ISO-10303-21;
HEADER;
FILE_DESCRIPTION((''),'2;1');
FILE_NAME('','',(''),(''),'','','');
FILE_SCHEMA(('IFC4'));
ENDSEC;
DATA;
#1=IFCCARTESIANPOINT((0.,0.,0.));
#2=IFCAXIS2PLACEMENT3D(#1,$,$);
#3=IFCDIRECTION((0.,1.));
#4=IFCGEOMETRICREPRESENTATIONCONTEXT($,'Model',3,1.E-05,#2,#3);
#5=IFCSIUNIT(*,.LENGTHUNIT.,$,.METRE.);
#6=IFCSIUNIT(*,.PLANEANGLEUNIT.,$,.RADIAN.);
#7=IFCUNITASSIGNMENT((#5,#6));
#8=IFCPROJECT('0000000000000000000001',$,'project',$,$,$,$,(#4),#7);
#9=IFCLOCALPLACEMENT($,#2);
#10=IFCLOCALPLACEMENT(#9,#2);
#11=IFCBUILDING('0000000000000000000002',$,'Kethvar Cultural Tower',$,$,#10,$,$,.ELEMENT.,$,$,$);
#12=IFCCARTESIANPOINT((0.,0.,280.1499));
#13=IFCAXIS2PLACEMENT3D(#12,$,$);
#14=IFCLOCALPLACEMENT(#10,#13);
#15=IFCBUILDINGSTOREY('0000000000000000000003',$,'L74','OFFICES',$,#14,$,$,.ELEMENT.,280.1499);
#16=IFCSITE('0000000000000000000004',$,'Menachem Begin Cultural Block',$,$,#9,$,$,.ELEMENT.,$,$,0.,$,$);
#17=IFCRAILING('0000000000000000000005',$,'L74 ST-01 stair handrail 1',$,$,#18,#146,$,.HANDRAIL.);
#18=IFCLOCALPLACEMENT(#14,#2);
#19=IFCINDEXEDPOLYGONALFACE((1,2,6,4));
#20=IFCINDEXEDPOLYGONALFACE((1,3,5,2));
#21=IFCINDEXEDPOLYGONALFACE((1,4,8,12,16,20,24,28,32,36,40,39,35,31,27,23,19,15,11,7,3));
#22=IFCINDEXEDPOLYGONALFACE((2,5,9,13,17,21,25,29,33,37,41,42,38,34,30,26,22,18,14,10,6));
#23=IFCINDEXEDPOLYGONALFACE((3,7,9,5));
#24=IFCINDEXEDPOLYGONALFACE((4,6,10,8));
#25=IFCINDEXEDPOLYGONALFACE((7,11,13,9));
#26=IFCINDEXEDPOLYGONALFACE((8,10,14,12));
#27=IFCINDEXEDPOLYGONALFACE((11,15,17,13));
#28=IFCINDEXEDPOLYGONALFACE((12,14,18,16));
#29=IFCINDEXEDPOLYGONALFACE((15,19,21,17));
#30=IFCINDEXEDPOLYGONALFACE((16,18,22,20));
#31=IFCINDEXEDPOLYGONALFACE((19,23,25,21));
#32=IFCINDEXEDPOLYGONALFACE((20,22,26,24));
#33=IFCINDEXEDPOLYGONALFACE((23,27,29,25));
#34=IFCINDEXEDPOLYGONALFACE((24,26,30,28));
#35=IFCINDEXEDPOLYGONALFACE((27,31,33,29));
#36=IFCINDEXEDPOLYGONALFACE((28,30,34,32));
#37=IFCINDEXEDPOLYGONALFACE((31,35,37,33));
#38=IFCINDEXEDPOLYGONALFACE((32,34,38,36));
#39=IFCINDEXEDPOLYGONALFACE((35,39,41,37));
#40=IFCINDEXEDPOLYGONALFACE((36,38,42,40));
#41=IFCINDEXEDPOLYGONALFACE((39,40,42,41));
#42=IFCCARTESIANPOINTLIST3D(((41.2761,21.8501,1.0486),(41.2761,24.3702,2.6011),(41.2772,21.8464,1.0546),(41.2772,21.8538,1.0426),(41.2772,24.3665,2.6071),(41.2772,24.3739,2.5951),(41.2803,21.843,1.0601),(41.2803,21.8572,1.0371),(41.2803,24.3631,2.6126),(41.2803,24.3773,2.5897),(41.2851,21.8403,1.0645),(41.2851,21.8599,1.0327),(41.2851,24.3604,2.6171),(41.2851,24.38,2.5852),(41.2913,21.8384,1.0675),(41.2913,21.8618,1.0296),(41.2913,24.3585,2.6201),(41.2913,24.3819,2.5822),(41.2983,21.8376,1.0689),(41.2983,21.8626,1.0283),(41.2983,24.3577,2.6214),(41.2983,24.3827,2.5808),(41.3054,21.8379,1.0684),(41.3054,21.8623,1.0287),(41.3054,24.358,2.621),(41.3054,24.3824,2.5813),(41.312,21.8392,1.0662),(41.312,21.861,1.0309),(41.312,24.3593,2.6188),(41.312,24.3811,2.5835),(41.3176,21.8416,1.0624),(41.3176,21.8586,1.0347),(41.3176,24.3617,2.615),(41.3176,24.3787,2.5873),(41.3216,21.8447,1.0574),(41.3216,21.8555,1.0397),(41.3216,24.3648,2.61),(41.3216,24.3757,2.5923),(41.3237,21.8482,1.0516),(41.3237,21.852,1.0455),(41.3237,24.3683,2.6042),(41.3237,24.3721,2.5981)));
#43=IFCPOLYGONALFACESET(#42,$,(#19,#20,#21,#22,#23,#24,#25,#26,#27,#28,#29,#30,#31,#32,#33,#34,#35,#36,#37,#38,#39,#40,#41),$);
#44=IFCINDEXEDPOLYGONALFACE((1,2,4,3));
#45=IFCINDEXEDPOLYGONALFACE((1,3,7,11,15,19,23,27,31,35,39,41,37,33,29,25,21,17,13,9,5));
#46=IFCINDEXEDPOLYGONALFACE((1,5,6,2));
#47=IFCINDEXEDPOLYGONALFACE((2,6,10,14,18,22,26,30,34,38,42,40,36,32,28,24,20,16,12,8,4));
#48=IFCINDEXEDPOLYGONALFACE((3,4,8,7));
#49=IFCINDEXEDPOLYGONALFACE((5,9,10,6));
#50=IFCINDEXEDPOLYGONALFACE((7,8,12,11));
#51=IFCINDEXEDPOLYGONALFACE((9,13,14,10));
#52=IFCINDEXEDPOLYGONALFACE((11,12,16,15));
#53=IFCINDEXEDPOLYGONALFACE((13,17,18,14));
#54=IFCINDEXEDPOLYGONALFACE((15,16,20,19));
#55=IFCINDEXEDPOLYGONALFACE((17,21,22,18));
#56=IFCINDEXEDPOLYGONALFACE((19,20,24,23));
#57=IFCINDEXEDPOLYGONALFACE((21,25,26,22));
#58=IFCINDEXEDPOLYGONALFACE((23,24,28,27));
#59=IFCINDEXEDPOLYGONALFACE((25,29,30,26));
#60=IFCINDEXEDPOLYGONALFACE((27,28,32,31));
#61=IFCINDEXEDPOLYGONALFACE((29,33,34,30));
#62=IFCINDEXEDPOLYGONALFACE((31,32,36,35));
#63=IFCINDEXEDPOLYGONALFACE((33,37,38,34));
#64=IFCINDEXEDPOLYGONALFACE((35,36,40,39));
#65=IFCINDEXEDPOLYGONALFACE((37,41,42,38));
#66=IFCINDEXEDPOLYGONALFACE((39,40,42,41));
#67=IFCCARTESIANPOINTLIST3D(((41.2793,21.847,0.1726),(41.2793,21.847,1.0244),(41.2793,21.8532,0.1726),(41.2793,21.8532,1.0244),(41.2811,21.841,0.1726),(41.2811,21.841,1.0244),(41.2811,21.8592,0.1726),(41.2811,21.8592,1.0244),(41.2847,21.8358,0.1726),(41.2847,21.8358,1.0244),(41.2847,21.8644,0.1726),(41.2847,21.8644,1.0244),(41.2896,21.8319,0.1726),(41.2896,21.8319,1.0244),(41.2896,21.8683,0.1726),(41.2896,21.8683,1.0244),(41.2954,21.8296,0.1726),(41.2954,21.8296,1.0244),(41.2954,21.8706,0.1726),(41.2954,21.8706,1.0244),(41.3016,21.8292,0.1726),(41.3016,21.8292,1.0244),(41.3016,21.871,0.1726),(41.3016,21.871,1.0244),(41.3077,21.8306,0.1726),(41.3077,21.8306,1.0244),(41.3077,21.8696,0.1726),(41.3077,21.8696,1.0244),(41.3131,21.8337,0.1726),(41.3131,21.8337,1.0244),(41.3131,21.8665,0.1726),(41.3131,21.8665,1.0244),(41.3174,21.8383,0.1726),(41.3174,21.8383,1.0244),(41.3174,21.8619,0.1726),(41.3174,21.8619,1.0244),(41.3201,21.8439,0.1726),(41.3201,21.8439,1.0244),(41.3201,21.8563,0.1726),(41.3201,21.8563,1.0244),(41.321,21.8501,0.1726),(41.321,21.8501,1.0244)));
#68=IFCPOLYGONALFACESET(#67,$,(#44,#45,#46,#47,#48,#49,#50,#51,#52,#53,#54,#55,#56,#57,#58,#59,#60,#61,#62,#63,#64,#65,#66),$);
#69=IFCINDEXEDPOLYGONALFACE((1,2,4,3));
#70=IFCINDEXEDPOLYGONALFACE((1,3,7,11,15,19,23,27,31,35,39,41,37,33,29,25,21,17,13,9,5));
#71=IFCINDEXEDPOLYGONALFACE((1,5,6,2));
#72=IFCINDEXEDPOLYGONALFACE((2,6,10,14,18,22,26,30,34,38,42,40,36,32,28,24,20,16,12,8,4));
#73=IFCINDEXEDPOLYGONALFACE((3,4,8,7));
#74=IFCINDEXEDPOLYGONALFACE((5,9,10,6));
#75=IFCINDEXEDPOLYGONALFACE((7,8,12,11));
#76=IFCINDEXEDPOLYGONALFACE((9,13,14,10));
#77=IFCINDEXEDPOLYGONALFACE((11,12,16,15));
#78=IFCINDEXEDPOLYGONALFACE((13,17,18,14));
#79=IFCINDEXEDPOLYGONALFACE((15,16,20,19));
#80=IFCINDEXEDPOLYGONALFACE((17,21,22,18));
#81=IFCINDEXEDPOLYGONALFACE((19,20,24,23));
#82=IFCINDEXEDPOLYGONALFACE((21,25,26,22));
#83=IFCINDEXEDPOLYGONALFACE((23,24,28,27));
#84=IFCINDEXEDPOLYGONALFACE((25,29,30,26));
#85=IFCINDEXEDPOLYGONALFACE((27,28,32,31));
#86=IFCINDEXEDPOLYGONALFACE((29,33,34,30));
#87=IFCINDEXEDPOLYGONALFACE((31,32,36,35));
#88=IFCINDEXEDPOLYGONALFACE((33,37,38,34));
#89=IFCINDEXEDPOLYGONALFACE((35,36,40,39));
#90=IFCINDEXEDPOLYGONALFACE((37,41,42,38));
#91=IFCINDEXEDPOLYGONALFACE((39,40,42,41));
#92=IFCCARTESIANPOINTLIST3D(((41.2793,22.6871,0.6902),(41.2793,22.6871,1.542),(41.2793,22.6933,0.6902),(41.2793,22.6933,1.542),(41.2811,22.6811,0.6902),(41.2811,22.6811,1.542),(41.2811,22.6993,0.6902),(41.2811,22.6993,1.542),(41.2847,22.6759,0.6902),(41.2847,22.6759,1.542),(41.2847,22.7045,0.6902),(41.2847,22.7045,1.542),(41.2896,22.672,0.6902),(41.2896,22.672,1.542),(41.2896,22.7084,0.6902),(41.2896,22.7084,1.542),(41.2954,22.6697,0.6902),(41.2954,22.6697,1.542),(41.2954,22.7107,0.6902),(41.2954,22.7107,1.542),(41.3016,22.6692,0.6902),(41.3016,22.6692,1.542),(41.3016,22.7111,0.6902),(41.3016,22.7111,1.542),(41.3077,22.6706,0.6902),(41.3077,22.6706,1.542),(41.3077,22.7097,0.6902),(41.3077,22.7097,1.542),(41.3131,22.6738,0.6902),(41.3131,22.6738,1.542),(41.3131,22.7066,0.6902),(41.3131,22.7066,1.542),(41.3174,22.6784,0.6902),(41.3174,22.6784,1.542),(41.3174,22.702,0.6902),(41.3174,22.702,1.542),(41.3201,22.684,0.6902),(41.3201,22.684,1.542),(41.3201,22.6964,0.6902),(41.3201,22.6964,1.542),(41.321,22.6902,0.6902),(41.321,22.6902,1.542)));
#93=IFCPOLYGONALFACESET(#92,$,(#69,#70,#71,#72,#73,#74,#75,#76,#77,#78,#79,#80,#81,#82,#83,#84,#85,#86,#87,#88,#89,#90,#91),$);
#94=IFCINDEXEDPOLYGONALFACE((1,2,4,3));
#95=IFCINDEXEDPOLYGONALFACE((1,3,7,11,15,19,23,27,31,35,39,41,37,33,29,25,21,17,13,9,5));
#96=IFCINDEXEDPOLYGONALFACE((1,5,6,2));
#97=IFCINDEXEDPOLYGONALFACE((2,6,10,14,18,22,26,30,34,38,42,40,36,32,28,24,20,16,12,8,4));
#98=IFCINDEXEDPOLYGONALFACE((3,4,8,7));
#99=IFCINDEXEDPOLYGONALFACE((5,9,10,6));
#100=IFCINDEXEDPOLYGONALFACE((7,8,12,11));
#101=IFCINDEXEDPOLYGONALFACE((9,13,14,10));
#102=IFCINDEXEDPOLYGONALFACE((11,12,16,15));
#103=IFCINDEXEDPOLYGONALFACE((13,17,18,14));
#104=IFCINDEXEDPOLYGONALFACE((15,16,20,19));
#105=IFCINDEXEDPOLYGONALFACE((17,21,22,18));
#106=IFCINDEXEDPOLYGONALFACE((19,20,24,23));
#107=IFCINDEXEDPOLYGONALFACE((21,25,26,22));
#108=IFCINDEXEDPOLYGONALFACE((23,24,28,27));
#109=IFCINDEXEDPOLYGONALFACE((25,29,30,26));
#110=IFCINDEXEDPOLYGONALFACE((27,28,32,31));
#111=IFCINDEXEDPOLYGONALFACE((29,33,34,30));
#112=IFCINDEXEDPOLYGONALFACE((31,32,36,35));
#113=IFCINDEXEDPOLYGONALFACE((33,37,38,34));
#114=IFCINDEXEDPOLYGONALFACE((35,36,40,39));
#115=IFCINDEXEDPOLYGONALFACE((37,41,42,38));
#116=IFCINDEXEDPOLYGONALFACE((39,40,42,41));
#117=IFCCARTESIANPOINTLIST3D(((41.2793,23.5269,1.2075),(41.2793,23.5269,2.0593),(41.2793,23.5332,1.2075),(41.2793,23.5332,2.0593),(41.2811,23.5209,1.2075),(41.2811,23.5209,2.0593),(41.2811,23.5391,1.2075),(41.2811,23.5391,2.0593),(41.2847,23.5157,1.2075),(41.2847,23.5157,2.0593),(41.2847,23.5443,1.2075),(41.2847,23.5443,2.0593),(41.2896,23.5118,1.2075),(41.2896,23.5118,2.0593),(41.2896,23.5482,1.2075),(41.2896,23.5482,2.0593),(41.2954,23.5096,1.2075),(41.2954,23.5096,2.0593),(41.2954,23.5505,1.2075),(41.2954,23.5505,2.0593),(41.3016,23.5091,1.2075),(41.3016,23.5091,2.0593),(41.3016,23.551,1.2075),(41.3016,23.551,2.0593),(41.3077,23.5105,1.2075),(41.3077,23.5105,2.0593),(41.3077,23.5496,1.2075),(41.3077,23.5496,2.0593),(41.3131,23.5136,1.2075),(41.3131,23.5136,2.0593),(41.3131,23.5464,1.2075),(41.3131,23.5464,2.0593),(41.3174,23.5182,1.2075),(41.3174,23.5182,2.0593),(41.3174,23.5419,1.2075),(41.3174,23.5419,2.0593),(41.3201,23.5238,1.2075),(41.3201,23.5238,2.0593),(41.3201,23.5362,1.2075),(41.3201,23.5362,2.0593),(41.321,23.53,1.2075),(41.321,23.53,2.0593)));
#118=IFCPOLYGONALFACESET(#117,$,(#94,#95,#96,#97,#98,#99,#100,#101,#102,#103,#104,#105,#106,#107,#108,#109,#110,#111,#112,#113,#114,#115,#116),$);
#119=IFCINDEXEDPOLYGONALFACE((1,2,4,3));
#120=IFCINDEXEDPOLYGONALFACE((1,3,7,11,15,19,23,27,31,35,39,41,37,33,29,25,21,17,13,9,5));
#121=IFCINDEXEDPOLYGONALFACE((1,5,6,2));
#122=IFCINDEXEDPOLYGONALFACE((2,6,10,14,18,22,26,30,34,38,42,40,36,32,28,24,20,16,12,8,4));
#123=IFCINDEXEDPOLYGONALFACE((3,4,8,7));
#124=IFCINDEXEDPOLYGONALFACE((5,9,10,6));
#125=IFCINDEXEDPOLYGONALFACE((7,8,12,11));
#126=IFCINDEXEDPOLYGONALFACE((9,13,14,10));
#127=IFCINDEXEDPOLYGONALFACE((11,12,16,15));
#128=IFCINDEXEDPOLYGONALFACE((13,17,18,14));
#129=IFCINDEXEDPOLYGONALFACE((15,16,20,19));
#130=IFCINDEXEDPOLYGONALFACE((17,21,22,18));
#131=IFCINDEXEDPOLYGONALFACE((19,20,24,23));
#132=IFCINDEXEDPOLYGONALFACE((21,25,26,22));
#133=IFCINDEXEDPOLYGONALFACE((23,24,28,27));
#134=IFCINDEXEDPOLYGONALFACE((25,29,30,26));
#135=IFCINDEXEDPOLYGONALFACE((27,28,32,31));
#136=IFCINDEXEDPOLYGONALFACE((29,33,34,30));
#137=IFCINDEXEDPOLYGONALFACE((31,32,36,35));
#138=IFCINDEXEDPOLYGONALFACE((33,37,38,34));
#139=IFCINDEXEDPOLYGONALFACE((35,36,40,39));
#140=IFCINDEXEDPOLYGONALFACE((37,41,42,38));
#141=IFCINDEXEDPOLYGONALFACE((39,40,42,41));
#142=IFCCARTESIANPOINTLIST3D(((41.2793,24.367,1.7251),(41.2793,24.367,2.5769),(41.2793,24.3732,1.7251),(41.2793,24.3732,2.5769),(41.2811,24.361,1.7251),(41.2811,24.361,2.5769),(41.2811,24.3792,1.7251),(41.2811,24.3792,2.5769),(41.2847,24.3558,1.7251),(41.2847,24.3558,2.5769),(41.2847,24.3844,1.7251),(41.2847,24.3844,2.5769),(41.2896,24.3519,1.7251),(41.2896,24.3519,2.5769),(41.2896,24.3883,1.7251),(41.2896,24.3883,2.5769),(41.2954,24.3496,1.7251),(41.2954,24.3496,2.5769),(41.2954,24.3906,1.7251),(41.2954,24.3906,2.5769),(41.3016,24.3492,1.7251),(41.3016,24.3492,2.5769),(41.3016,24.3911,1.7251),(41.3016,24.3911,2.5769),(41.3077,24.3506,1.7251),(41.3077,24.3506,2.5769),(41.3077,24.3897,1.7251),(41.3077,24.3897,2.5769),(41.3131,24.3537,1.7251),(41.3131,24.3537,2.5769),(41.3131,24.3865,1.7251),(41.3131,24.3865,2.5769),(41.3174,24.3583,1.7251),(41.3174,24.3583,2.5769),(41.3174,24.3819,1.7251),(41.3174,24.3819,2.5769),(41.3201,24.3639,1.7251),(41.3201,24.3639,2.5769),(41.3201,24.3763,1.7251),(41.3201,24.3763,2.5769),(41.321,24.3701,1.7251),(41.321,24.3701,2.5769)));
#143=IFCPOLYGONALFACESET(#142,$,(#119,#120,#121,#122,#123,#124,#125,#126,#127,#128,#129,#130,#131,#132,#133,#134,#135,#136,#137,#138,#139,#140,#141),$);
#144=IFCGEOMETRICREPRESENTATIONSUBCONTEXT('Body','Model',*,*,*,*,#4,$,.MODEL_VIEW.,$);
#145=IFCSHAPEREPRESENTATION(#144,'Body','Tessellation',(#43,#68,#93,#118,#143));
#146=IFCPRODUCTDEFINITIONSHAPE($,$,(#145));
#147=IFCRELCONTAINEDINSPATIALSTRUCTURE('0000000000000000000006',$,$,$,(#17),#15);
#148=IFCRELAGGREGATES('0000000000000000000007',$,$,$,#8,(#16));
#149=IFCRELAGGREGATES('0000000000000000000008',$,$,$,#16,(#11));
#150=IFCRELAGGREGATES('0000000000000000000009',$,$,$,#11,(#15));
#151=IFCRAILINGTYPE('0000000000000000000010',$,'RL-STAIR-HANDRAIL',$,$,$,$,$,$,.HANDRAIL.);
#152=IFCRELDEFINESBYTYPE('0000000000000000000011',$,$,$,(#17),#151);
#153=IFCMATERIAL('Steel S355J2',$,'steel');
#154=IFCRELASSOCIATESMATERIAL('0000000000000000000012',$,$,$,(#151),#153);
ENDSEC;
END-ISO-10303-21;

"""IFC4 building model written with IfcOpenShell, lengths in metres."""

from ifc_helpers import new_model, si_unit, direction, frame, origin, origin_2d, place, context, subcontext, project, spatial, circle, extrude, material, type_object, element, save


model = new_model("IFC4")

# Units and contexts
model_context = context("Model", 3, precision=1e-05, world=origin(), true_north=direction((0.0, 1.0)))
body_context = subcontext(model_context, "Body", "Model", "MODEL_VIEW")
ifc_project = project(units=[si_unit("LENGTHUNIT", "METRE"), si_unit("PLANEANGLEUNIT", "RADIAN")], contexts=[model_context])

# Site, building, storey
site_placement = place(None, origin())
site = spatial("IfcSite", under=ifc_project, at=site_placement, Name="Menachem Begin Cultural Block", CompositionType="ELEMENT", RefElevation=0.0)
building_placement = place(site_placement, origin())
building = spatial("IfcBuilding", under=site, at=building_placement, Name="Kethvar Cultural Tower", CompositionType="ELEMENT")
storey_placement = place(building_placement, frame((0.0, 0.0, 280.1499)))
storey = spatial("IfcBuildingStorey", under=building, at=storey_placement, Name="L74", Description="OFFICES", CompositionType="ELEMENT", Elevation=280.1499)

# Shared definitions
ifc_material_1 = material(Name="Steel S355J2", Category="steel")

# Railing
railing_type_1 = type_object("IfcRailingType", Name="RL-STAIR-HANDRAIL", PredefinedType="HANDRAIL", material=ifc_material_1)
railing_1_placement = place(storey_placement, frame((41.3, 21.8501, 0.1726)))
element("IfcRailing", 1, at=railing_1_placement, inside=storey, type_object=railing_type_1, Name="L74 ST-01 stair handrail 1", PredefinedType="HANDRAIL", context=body_context, shape_type="SweptSolid", body=[
    extrude(circle(Radius=0.0239, at=origin_2d()), frame((0.0, 0.0, 0.876), z_axis=(0.0, 0.8514, 0.524516), x_axis=(-1.0, 0.0, 0.0)), (0.0, 0.0, 1.0), 2.96),
    extrude(circle(Radius=0.021, at=origin_2d()), origin(), (0.0, 0.0, 1.0), 0.8518),
    extrude(circle(Radius=0.021, at=origin_2d()), frame((0.0, 0.8401, 0.5176)), (0.0, 0.0, 1.0), 0.8518),
    extrude(circle(Radius=0.021, at=origin_2d()), frame((0.0, 1.6799, 1.0349)), (0.0, 0.0, 1.0), 0.8518),
    extrude(circle(Radius=0.021, at=origin_2d()), frame((0.0, 2.52, 1.5525)), (0.0, 0.0, 1.0), 0.8518),
])

save(model, "model.ifc")
